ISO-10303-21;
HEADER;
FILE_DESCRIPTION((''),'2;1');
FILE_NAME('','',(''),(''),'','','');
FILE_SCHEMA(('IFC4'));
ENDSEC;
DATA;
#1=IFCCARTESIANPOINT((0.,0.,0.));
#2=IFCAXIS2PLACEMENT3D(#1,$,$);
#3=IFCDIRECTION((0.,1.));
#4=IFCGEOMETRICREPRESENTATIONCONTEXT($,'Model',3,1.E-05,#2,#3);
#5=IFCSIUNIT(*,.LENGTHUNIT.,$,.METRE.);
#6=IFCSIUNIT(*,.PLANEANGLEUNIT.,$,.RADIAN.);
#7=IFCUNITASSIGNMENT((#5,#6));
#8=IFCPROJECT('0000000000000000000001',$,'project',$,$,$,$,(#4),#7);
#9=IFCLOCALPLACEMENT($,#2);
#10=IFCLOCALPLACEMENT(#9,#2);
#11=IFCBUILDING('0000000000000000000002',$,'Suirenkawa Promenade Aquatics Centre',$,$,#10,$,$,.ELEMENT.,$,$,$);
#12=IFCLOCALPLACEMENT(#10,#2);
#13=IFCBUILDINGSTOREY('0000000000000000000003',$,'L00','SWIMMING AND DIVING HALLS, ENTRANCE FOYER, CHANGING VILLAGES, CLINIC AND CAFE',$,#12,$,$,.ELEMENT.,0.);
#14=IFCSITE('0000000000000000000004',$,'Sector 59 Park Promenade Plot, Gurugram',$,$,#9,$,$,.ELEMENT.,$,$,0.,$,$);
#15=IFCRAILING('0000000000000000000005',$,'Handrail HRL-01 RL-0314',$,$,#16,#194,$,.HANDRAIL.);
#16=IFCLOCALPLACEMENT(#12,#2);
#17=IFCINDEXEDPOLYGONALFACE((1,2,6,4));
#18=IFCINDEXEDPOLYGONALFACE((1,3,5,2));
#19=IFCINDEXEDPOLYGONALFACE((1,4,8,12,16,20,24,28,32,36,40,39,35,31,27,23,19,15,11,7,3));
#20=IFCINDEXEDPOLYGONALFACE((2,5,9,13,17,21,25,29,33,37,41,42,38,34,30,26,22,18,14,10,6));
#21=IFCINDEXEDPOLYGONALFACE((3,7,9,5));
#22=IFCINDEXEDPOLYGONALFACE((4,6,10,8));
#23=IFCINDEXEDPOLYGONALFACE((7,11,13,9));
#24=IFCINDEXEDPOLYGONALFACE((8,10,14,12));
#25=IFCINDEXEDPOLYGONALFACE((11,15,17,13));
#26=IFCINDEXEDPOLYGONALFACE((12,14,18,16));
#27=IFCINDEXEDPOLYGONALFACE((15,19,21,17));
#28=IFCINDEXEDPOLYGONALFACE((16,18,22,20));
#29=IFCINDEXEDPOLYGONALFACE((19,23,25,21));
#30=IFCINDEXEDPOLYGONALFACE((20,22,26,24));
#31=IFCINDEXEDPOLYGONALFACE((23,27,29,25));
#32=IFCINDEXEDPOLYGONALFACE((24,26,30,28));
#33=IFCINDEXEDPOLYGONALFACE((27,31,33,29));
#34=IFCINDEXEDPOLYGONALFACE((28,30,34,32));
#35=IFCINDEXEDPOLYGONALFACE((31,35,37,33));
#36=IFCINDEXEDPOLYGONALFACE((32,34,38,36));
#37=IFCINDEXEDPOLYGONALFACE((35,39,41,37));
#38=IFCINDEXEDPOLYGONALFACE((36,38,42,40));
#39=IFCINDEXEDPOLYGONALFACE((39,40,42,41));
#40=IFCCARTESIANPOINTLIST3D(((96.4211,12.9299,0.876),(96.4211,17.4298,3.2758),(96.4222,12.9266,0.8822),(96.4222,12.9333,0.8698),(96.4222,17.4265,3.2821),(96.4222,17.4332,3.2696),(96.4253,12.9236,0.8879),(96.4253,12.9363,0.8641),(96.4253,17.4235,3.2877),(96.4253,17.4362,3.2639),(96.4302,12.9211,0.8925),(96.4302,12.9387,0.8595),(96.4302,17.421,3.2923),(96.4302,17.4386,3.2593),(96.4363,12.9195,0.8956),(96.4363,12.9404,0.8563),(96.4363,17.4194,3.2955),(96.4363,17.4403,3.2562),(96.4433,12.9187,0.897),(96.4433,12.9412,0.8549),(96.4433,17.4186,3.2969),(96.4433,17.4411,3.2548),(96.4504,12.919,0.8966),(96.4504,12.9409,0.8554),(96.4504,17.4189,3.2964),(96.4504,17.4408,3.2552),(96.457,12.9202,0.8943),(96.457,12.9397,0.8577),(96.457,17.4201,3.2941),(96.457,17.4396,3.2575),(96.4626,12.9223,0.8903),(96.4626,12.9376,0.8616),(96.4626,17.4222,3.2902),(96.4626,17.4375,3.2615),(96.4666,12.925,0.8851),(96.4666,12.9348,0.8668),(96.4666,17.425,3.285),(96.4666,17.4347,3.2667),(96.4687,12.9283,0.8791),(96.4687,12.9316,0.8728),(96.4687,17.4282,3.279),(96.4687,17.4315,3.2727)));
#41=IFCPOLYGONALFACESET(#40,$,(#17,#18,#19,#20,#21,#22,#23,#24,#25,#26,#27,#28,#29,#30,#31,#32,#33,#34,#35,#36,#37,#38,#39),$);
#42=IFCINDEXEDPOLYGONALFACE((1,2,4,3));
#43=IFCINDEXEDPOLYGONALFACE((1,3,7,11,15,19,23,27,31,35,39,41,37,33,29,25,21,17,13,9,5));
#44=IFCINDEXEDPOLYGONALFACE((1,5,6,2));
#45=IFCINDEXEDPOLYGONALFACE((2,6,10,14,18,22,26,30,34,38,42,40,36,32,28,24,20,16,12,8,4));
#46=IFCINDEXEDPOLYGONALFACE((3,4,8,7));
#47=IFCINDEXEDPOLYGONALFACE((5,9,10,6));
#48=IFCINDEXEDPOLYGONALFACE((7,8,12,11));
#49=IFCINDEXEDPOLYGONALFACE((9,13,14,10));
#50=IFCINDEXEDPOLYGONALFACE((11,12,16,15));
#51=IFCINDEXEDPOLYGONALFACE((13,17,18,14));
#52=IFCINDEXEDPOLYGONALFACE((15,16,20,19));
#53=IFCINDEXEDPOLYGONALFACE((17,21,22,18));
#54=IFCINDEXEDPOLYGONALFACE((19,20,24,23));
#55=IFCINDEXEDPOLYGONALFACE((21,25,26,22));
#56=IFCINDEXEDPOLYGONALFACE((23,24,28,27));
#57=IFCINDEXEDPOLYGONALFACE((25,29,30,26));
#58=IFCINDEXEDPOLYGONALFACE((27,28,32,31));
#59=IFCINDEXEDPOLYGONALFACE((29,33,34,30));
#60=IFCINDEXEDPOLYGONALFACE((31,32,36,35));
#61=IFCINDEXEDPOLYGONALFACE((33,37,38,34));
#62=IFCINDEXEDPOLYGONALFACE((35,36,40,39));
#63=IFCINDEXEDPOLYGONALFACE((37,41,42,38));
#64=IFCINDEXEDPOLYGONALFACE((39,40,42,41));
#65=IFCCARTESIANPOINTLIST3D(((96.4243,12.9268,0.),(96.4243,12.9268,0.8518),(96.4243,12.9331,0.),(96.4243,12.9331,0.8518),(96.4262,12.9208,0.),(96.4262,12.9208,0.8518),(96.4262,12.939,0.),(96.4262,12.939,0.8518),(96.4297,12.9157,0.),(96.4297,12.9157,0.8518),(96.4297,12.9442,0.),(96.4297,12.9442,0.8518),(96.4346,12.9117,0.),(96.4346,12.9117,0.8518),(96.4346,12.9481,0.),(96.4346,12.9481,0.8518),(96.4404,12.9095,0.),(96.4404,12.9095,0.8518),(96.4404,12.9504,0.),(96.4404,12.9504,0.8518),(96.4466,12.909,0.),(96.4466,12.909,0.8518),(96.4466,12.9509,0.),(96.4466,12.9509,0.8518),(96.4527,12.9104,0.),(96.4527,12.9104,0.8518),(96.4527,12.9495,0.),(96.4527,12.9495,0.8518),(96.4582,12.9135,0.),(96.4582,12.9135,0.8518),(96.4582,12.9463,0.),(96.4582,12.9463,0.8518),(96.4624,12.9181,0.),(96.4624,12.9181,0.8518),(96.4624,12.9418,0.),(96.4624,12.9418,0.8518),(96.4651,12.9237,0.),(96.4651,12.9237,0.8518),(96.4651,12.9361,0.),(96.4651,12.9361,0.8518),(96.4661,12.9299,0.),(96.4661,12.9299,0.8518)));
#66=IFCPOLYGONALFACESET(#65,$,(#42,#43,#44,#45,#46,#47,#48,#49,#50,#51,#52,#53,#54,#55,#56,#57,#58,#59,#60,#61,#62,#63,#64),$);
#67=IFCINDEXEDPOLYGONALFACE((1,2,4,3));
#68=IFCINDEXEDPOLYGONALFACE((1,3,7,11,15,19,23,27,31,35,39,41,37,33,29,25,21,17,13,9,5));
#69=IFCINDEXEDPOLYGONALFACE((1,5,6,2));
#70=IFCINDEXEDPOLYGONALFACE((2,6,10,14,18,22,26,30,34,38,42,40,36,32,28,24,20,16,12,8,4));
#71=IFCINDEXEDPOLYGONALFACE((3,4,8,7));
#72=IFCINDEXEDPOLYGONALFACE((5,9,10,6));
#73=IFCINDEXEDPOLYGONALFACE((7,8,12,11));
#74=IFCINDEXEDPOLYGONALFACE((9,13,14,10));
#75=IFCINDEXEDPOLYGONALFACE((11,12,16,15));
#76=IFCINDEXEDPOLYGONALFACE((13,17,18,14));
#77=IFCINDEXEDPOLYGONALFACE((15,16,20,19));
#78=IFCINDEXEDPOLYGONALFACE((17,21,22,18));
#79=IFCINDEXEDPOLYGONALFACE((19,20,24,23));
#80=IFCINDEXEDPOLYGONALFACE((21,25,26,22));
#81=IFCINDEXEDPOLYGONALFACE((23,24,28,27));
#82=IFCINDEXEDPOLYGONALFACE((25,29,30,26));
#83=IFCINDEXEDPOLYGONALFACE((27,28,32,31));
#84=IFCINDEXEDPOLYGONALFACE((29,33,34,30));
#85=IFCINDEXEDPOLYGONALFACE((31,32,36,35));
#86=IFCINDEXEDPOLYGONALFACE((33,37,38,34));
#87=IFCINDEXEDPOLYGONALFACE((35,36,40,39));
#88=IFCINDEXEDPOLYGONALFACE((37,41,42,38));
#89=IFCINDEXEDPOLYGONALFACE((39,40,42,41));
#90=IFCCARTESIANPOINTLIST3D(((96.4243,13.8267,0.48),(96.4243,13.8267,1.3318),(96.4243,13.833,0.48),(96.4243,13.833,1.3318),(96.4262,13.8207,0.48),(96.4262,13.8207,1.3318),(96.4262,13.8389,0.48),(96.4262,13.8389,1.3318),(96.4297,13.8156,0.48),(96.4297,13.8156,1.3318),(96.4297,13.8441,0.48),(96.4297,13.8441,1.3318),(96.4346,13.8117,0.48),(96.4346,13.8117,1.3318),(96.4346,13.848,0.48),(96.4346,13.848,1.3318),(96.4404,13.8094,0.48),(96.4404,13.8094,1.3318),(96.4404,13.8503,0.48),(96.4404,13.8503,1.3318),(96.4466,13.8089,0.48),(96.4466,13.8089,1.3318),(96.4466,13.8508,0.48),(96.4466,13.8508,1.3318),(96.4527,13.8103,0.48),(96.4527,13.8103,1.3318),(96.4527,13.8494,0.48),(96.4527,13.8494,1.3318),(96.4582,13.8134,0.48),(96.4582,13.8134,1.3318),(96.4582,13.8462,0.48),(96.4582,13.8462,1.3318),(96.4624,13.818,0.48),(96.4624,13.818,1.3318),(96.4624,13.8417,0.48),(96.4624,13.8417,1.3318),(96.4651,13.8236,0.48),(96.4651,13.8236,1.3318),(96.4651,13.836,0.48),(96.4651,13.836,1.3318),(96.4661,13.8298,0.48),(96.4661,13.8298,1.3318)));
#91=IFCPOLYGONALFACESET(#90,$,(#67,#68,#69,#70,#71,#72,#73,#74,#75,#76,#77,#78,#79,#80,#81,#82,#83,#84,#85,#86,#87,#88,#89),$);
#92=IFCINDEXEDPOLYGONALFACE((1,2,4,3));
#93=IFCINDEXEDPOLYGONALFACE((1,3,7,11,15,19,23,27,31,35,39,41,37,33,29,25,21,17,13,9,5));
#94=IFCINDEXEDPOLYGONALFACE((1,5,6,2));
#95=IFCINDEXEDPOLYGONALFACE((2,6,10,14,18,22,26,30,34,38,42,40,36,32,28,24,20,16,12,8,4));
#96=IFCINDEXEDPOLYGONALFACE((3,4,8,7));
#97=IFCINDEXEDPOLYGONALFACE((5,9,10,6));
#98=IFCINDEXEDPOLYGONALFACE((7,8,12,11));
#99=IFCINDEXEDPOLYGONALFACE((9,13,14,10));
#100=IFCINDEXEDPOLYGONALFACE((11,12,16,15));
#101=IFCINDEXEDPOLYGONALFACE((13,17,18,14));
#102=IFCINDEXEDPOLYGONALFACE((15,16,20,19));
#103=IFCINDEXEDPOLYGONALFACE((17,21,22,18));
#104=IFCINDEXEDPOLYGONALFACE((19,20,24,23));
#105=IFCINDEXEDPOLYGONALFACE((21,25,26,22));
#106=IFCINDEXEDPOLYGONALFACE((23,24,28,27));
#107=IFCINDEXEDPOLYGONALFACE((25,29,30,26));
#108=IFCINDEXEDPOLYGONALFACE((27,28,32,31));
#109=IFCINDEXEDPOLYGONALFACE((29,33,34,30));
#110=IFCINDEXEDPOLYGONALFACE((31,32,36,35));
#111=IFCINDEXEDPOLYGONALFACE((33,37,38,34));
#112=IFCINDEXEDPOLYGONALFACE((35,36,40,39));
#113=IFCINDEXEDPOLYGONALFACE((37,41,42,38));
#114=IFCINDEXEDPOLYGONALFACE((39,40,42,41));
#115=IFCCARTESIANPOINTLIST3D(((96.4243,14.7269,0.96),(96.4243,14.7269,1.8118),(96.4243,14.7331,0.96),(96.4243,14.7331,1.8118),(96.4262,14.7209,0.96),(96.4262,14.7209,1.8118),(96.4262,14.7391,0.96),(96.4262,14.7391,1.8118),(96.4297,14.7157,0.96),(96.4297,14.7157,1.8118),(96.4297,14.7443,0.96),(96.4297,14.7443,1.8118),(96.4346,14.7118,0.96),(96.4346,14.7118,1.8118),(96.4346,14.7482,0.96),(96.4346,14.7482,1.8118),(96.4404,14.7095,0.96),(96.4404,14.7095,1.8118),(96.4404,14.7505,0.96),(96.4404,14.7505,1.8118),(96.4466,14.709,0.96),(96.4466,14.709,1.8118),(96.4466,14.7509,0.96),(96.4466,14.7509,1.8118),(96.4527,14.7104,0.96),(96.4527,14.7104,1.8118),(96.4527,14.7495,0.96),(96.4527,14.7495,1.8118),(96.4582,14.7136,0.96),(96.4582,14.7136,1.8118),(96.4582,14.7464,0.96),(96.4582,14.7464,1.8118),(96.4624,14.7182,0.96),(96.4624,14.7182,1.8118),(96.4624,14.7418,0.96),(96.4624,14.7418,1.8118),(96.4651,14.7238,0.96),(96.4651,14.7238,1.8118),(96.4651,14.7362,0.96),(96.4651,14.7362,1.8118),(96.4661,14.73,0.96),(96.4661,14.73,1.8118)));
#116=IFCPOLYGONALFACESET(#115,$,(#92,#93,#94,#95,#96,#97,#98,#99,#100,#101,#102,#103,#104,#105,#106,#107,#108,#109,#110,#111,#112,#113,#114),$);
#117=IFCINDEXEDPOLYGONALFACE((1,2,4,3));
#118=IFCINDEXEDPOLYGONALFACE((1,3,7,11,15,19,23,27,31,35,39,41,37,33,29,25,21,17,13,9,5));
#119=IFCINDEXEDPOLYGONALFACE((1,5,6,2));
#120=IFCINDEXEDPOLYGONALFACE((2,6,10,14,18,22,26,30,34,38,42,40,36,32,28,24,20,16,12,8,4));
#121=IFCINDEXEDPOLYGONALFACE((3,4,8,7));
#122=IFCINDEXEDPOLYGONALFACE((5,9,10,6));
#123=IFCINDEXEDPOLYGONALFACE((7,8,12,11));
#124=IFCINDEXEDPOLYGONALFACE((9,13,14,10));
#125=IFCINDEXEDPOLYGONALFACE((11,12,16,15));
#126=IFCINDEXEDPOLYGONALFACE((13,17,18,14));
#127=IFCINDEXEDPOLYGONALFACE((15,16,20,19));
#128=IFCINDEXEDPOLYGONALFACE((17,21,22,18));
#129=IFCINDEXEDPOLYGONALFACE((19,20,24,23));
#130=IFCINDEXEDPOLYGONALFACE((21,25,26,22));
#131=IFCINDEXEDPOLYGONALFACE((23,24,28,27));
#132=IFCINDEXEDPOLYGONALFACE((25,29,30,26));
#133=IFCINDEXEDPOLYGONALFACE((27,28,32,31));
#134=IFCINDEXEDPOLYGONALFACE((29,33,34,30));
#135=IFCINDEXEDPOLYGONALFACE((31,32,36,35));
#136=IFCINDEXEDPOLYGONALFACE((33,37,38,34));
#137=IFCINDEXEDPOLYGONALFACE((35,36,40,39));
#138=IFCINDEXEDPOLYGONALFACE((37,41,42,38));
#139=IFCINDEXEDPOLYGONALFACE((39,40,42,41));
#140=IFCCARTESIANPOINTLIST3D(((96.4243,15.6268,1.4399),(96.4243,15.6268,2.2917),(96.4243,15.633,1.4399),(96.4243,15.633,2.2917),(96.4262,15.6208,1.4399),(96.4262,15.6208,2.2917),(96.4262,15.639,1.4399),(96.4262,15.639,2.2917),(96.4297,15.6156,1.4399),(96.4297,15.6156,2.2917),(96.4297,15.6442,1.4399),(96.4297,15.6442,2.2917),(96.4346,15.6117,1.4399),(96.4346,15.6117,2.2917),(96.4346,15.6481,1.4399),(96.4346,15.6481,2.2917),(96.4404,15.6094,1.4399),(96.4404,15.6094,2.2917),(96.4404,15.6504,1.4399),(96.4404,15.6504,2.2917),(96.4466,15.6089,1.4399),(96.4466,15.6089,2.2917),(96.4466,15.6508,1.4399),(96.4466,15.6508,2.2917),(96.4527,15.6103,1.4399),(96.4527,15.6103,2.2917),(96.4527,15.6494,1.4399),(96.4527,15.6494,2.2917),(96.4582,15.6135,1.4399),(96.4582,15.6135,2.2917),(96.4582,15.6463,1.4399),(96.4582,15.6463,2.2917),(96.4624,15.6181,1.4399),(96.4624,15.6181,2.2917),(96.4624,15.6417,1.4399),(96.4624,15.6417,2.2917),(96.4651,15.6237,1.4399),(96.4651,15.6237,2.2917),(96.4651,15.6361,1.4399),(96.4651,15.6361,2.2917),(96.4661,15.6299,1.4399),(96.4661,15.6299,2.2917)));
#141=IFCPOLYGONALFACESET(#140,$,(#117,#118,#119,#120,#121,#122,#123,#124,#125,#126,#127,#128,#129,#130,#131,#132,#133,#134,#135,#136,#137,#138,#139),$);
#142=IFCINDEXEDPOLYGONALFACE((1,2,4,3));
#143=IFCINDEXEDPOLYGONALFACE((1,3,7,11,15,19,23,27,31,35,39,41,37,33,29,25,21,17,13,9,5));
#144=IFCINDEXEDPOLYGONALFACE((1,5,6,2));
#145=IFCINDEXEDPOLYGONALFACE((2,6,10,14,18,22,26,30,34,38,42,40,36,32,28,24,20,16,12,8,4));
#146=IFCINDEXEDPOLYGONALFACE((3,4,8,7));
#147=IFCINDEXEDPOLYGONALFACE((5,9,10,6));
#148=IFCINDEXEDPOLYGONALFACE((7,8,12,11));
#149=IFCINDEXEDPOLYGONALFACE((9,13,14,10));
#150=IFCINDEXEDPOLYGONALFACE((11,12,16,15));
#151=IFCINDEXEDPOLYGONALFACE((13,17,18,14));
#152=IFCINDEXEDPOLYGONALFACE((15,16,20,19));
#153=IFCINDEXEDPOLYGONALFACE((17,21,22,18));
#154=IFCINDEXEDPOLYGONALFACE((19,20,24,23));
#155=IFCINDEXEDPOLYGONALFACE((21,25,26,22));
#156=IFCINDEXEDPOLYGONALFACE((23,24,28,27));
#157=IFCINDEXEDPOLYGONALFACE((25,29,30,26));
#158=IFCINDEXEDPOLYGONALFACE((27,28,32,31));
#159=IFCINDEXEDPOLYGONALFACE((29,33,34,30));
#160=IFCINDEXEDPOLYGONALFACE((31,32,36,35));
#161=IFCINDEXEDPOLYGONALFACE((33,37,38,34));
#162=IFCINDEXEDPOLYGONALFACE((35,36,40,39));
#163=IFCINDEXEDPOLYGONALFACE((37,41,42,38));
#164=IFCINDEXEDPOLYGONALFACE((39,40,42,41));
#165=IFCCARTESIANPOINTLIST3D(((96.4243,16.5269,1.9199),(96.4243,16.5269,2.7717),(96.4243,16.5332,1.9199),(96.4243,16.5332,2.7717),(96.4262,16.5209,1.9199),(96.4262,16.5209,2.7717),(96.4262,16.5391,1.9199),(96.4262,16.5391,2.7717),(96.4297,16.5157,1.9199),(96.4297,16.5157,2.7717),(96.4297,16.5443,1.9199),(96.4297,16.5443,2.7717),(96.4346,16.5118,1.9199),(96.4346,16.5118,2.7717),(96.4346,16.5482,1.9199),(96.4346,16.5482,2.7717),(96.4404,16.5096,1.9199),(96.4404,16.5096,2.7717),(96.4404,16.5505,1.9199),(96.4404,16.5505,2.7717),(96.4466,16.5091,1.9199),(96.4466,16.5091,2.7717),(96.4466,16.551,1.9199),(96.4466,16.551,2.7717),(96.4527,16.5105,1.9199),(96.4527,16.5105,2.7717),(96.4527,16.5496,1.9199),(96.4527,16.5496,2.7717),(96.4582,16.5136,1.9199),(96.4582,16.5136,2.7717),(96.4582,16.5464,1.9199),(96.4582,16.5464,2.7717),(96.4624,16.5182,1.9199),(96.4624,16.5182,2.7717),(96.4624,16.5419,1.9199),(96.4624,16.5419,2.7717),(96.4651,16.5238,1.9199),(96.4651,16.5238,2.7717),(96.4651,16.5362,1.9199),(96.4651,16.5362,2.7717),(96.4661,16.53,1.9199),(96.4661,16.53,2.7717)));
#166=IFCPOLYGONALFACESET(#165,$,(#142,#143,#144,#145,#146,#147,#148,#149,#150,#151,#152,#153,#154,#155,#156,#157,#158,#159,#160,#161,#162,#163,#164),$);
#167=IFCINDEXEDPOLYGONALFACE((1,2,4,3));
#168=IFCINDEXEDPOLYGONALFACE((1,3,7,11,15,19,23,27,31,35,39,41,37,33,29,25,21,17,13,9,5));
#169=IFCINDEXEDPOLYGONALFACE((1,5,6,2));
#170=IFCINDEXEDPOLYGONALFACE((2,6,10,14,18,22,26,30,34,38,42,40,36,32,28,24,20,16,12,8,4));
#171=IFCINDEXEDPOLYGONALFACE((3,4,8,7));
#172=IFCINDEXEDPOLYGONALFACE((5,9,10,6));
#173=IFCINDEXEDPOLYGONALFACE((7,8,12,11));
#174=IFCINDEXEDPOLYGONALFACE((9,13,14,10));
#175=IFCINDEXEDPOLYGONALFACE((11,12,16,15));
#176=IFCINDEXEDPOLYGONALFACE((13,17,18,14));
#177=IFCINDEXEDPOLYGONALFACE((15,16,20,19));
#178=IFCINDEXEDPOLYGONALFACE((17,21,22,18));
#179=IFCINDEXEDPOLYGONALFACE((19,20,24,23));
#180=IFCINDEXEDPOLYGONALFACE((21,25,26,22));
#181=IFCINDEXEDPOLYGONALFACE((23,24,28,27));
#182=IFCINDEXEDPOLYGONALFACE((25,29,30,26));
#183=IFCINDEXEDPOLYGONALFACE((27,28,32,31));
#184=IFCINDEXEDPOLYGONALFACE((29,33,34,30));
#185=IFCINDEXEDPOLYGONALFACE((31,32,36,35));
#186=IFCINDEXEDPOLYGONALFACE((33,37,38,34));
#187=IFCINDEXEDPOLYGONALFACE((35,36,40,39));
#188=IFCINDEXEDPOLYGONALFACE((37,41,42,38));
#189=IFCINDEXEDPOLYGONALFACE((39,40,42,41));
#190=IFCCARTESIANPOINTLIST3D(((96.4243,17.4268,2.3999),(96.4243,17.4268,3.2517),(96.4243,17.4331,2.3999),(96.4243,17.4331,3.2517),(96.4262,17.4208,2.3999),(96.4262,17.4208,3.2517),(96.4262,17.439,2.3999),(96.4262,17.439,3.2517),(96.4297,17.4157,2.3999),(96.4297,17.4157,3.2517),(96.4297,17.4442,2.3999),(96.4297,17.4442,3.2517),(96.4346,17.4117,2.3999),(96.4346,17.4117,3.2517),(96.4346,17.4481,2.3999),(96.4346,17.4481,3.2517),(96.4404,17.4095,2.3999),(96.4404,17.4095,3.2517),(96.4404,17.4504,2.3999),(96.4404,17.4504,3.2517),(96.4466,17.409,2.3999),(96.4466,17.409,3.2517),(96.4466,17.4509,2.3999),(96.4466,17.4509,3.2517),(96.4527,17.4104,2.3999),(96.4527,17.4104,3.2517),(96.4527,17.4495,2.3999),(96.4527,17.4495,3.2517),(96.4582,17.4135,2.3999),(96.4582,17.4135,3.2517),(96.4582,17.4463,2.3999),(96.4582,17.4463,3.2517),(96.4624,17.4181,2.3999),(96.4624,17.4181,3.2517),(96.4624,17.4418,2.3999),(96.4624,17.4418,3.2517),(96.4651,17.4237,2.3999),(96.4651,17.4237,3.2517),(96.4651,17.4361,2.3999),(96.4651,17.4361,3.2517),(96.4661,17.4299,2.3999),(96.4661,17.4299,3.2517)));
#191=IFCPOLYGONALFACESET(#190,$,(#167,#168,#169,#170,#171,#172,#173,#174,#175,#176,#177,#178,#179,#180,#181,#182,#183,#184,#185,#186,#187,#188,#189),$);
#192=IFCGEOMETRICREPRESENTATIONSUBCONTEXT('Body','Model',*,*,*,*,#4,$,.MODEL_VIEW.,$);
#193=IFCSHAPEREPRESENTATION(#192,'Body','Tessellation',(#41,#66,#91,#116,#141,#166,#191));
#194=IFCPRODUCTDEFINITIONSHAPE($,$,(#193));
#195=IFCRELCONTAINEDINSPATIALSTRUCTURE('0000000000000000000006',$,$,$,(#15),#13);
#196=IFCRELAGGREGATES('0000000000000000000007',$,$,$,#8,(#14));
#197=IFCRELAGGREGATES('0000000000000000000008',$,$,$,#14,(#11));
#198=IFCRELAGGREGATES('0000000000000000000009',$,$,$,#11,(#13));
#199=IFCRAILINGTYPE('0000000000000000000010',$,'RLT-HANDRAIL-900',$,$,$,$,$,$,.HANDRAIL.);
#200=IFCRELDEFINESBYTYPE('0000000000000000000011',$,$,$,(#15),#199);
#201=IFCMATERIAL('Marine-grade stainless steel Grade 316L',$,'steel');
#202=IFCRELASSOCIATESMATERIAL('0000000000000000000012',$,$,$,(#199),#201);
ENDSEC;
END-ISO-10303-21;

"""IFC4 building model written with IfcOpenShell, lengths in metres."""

from ifc_helpers import new_model, si_unit, direction, frame, origin, origin_2d, place, context, subcontext, project, spatial, circle, extrude, material, type_object, element, save


model = new_model("IFC4")

# Units and contexts
model_context = context("Model", 3, precision=1e-05, world=origin(), true_north=direction((0.0, 1.0)))
body_context = subcontext(model_context, "Body", "Model", "MODEL_VIEW")
ifc_project = project(units=[si_unit("LENGTHUNIT", "METRE"), si_unit("PLANEANGLEUNIT", "RADIAN")], contexts=[model_context])

# Site, building, storey
site_placement = place(None, origin())
site = spatial("IfcSite", under=ifc_project, at=site_placement, Name="Sector 59 Park Promenade Plot, Gurugram", CompositionType="ELEMENT", RefElevation=0.0)
building_placement = place(site_placement, origin())
building = spatial("IfcBuilding", under=site, at=building_placement, Name="Suirenkawa Promenade Aquatics Centre", CompositionType="ELEMENT")
storey_placement = place(building_placement, origin())
storey = spatial("IfcBuildingStorey", under=building, at=storey_placement, Name="L00", Description="SWIMMING AND DIVING HALLS, ENTRANCE FOYER, CHANGING VILLAGES, CLINIC AND CAFE", CompositionType="ELEMENT", Elevation=0.0)

# Railing
ifc_material_1 = material(Name="Marine-grade stainless steel Grade 316L", Category="steel")
railing_type_1 = type_object("IfcRailingType", Name="RLT-HANDRAIL-900", PredefinedType="HANDRAIL", material=ifc_material_1)
for number, where, name in (
    (1, (96.4451, 12.9299, 0.0), "Handrail HRL-01 RL-0314"),
):
    element("IfcRailing", number, at=place(storey_placement, frame(where)), inside=storey, type_object=railing_type_1, Name=name, PredefinedType="HANDRAIL", context=body_context, shape_type="SweptSolid", body=[
        extrude(circle(Radius=0.0239, at=origin_2d()), frame((0.0, 0.0, 0.876), z_axis=(0.0, 0.882361, 0.470573), x_axis=(-1.0, 0.0, 0.0)), (0.0, 0.0, 1.0), 5.0999),
        extrude(circle(Radius=0.021, at=origin_2d()), origin(), (0.0, 0.0, 1.0), 0.8518),
        extrude(circle(Radius=0.021, at=origin_2d()), frame((0.0, 0.8999, 0.48)), (0.0, 0.0, 1.0), 0.8518),
        extrude(circle(Radius=0.021, at=origin_2d()), frame((0.0, 1.8, 0.96)), (0.0, 0.0, 1.0), 0.8518),
        extrude(circle(Radius=0.021, at=origin_2d()), frame((0.0, 2.7, 1.4399)), (0.0, 0.0, 1.0), 0.8518),
        extrude(circle(Radius=0.021, at=origin_2d()), frame((0.0, 3.6001, 1.9199)), (0.0, 0.0, 1.0), 0.8518),
        extrude(circle(Radius=0.021, at=origin_2d()), frame((0.0, 4.5, 2.3999)), (0.0, 0.0, 1.0), 0.8518),
    ])

save(model, "model.ifc")
